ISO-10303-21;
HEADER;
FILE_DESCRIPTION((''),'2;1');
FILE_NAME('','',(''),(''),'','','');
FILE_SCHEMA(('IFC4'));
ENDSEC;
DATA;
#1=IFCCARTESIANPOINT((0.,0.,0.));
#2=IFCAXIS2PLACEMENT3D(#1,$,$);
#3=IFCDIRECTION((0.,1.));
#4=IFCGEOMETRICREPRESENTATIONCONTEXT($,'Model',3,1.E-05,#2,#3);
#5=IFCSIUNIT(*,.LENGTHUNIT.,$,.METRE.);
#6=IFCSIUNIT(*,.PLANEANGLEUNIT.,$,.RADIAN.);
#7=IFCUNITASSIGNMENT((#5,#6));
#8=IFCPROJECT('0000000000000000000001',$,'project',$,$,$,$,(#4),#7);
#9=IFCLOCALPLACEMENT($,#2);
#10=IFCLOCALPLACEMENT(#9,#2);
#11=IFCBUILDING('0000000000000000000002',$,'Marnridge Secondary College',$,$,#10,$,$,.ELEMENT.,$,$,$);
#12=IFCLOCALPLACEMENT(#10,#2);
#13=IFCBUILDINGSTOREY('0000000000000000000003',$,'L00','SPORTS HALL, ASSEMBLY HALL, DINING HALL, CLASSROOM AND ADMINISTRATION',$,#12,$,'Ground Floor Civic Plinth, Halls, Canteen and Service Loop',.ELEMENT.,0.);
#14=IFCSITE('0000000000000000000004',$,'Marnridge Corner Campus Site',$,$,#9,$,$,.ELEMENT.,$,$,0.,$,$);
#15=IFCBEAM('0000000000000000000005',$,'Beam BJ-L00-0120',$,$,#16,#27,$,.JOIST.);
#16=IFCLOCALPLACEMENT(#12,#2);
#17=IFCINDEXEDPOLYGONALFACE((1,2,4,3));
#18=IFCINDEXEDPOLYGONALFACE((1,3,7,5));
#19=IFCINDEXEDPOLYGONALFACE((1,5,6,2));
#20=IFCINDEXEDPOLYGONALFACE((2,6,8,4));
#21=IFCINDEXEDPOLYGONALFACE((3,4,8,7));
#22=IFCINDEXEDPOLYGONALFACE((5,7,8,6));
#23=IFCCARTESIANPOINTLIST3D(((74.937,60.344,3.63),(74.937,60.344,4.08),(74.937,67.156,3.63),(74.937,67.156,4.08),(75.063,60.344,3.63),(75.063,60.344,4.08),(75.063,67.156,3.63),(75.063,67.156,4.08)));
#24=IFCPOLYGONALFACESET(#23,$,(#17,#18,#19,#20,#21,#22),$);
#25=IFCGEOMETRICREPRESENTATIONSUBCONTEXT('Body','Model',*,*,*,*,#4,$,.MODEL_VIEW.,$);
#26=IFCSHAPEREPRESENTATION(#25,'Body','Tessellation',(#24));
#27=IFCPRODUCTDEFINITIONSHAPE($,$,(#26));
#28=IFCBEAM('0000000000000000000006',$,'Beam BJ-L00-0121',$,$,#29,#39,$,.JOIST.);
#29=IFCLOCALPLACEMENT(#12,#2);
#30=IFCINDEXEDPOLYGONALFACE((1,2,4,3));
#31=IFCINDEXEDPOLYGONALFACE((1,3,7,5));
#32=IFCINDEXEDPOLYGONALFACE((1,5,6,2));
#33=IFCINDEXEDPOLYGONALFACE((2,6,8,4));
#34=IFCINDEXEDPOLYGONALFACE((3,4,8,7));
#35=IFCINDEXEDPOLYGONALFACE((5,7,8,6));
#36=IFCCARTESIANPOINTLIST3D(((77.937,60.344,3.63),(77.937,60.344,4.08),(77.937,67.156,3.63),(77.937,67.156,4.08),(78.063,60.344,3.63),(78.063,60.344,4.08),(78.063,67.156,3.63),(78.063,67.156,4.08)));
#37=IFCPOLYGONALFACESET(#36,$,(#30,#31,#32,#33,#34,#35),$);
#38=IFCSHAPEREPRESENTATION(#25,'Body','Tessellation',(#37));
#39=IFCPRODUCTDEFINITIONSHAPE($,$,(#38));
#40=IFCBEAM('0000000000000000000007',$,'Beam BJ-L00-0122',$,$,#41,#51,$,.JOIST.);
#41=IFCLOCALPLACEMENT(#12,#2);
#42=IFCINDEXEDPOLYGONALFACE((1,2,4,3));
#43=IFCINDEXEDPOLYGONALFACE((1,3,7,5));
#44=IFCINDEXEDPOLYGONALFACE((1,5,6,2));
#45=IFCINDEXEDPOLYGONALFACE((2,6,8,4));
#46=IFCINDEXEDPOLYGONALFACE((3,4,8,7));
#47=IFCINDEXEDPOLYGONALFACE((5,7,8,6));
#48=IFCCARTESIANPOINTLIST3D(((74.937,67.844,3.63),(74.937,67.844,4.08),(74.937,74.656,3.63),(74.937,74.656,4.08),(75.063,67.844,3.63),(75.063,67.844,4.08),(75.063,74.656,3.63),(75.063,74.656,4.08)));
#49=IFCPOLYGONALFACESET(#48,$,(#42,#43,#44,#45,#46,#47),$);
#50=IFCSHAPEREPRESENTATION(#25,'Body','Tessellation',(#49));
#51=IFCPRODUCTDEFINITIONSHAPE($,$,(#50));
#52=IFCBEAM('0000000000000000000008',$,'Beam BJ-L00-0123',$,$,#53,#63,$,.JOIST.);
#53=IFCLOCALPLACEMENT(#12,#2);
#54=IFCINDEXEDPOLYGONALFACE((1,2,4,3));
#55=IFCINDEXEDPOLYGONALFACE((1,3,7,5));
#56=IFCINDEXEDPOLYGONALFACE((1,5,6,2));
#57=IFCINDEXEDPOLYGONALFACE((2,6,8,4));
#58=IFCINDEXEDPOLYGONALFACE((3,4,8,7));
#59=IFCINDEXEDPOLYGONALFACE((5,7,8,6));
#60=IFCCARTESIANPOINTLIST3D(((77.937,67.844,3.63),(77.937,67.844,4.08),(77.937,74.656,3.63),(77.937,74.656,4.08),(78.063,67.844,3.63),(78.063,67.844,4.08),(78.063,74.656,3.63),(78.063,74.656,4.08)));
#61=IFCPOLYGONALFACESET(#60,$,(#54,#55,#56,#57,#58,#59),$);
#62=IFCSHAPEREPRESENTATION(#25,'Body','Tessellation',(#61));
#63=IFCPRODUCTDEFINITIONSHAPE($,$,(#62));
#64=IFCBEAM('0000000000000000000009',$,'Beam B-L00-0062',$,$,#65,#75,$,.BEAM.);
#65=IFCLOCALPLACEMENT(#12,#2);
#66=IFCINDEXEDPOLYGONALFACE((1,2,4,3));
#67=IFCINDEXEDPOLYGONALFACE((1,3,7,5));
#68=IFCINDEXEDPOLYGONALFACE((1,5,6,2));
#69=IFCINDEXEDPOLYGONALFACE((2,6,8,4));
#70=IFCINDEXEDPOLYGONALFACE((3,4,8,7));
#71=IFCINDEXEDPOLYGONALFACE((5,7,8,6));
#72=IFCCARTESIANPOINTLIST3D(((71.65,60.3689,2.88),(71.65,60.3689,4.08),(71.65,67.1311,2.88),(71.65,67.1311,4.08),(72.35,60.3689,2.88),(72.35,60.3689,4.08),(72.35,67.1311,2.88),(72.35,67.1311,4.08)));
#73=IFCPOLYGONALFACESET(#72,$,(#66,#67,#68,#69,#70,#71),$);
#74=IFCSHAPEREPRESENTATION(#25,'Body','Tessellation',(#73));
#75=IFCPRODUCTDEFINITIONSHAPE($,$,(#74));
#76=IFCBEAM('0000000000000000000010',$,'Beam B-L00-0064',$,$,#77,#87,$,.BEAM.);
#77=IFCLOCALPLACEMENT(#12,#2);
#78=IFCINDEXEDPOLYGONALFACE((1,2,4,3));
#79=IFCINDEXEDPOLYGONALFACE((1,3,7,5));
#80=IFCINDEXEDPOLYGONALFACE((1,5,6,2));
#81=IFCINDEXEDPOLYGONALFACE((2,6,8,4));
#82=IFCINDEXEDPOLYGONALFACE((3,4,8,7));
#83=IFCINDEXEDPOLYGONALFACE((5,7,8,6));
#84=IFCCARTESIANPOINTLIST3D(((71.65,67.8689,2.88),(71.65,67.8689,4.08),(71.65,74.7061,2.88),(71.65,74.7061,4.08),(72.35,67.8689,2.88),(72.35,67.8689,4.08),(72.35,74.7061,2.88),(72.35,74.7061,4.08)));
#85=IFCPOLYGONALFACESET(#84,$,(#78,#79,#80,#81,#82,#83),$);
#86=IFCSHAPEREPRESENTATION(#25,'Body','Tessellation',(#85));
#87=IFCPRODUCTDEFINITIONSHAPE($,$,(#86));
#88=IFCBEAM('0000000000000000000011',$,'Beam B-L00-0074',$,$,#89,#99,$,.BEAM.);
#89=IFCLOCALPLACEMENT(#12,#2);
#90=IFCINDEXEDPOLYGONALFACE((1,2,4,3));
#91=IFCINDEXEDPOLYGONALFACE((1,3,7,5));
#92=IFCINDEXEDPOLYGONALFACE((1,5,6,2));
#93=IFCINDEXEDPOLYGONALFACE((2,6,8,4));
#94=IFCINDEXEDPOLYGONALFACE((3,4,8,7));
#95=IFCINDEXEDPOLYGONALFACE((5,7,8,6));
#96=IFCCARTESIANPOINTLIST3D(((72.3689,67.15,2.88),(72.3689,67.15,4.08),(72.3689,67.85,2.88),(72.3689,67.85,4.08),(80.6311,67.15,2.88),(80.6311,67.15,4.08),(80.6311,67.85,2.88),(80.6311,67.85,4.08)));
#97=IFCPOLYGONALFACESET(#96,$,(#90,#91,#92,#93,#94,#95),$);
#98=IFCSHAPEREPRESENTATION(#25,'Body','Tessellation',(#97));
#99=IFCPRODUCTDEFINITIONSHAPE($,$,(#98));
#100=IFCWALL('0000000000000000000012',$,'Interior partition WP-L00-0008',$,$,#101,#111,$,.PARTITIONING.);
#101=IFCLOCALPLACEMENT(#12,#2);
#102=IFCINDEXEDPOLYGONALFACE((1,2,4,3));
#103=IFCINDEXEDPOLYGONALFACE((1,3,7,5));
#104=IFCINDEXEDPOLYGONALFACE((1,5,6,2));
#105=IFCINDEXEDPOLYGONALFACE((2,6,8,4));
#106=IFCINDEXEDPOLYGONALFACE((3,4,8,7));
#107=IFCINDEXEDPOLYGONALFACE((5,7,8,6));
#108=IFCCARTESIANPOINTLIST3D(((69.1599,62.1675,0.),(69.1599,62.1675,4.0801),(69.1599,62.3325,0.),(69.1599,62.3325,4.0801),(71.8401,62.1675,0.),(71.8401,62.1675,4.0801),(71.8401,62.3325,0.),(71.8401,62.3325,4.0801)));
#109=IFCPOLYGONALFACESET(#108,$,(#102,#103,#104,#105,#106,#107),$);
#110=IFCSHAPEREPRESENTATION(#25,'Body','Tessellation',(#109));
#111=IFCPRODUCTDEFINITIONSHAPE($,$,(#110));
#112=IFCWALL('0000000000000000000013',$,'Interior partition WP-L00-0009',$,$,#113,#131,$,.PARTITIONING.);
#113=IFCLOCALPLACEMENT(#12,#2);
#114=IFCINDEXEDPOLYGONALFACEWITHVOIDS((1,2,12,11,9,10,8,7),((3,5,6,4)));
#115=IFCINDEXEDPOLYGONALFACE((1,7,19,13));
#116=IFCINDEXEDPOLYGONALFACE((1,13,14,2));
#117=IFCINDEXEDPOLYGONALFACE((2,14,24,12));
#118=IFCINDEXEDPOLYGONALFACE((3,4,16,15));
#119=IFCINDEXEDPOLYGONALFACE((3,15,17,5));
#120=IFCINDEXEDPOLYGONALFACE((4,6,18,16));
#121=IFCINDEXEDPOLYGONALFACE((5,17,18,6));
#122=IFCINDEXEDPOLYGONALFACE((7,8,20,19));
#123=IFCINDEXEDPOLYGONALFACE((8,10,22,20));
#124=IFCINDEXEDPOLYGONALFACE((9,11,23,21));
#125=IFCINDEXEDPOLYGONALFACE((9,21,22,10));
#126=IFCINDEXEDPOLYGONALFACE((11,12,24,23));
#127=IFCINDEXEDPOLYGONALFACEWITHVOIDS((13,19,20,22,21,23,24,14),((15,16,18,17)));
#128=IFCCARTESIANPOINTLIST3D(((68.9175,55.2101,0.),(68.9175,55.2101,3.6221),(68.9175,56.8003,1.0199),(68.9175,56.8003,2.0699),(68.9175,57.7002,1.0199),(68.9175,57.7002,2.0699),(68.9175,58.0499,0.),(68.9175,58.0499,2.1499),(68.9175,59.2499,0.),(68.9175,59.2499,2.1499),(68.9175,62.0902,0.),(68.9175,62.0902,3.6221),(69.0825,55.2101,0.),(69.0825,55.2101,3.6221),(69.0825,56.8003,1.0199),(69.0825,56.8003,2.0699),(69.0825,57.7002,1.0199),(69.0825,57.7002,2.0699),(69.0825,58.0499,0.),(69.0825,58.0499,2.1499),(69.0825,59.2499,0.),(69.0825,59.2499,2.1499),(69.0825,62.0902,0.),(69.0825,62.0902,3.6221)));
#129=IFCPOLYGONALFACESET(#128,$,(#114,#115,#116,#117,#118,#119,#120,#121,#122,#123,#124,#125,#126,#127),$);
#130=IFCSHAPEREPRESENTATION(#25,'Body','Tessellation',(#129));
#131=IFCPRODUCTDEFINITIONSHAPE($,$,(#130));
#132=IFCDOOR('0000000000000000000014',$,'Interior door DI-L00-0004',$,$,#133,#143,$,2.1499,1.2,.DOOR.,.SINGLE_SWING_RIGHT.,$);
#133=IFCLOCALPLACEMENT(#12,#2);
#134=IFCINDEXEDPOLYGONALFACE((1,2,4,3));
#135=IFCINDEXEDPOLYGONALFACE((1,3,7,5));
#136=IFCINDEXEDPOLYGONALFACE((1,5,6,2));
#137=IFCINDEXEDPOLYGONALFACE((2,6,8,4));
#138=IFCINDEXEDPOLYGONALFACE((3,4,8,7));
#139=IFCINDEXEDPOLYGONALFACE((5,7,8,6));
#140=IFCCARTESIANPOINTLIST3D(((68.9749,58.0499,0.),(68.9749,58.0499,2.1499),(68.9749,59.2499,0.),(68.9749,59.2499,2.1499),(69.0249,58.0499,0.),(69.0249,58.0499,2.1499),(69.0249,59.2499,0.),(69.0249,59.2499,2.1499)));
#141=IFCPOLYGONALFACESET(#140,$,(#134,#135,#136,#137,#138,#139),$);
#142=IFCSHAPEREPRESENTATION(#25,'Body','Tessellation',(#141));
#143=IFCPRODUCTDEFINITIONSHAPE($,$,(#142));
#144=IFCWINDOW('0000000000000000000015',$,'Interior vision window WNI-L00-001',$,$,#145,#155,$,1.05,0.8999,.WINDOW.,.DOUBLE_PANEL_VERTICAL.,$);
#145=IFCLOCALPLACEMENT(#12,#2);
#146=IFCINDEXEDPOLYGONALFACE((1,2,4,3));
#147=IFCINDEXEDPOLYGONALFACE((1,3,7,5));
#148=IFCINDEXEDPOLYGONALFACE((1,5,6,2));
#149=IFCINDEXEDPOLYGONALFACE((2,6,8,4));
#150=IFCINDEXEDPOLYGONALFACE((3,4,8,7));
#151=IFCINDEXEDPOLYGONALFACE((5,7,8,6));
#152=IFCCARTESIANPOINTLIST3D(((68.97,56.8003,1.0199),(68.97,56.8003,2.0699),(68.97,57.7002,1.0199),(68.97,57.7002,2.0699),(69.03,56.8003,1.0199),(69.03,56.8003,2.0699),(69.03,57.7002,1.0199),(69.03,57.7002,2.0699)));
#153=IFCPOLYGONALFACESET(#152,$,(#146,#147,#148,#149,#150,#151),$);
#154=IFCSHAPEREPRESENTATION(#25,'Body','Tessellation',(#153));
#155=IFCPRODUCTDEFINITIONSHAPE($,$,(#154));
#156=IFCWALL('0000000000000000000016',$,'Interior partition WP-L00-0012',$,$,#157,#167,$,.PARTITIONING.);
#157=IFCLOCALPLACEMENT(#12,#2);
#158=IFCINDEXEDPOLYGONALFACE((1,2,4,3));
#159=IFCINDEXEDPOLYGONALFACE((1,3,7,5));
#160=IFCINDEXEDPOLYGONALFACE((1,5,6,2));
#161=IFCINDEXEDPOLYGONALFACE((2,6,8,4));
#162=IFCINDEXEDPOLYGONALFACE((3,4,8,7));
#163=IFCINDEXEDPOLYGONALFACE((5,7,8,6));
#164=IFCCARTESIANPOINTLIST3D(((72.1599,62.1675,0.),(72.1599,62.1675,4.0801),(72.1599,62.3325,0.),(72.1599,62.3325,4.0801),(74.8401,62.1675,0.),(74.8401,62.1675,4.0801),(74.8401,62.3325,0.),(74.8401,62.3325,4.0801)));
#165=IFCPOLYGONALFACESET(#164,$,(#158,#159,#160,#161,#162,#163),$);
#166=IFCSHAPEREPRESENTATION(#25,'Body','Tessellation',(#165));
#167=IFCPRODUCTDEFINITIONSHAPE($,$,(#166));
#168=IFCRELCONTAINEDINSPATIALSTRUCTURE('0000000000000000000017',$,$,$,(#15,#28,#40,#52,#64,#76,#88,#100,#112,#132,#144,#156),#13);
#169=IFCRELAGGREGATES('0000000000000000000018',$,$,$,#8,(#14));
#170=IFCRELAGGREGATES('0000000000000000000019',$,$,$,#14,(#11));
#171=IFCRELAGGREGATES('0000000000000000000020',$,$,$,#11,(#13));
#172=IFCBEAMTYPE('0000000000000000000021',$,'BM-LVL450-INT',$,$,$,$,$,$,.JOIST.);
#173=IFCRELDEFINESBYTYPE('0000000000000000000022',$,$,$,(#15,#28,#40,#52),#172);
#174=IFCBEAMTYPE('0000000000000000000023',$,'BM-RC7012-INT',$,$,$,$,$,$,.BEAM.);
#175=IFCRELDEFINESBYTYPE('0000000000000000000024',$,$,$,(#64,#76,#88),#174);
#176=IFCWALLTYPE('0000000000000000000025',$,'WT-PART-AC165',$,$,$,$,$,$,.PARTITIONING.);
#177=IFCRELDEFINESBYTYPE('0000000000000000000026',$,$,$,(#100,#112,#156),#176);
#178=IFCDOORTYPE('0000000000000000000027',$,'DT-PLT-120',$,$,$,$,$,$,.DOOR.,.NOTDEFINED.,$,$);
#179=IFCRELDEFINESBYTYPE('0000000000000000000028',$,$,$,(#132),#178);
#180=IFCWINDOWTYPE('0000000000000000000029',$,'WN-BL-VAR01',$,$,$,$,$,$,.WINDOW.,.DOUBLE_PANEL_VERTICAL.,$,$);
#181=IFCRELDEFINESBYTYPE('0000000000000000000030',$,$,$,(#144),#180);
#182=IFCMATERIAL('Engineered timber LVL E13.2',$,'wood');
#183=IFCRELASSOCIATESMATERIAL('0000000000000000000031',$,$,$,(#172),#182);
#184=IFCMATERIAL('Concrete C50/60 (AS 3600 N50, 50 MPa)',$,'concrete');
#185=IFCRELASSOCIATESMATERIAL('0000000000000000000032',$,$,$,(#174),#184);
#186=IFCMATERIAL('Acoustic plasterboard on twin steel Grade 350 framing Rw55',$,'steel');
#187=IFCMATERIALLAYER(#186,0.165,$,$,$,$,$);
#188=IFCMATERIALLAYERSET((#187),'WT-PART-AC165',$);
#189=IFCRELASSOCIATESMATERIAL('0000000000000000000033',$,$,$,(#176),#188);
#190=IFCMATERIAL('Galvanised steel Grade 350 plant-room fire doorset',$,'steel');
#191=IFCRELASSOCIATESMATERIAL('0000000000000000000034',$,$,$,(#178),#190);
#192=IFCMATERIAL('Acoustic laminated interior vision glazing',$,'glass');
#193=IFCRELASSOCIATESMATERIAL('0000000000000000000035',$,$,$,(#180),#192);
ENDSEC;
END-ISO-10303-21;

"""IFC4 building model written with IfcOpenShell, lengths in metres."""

from ifc_helpers import new_model, si_unit, direction, frame, frame_2d, origin, origin_2d, place, context, subcontext, project, spatial, rectangle, extrude, material, layer, layer_set, material_profile, profile_set, type_object, element, fill, save


model = new_model("IFC4")

# Units and contexts
model_context = context("Model", 3, precision=1e-05, world=origin(), true_north=direction((0.0, 1.0)))
body_context = subcontext(model_context, "Body", "Model", "MODEL_VIEW")
ifc_project = project(units=[si_unit("LENGTHUNIT", "METRE"), si_unit("PLANEANGLEUNIT", "RADIAN")], contexts=[model_context])

# Site, building, storey
site_placement = place(None, origin())
site = spatial("IfcSite", under=ifc_project, at=site_placement, Name="Marnridge Corner Campus Site", CompositionType="ELEMENT", RefElevation=0.0)
building_placement = place(site_placement, origin())
building = spatial("IfcBuilding", under=site, at=building_placement, Name="Marnridge Secondary College", CompositionType="ELEMENT")
storey_placement = place(building_placement, origin())
storey = spatial("IfcBuildingStorey", under=building, at=storey_placement, Name="L00", Description="SPORTS HALL, ASSEMBLY HALL, DINING HALL, CLASSROOM AND ADMINISTRATION", LongName="Ground Floor Civic Plinth, Halls, Canteen and Service Loop", CompositionType="ELEMENT", Elevation=0.0)

# Beams
ifc_material_1 = material(Name="Engineered timber LVL E13.2", Category="wood")
ifc_material_profile_1 = material_profile(ifc_material_1, rectangle(XDim=0.126, YDim=0.45, at=origin_2d()), Name="LVL 126x450")
ifc_profile_set_1 = profile_set([ifc_material_profile_1], Name="Engineered timber LVL E13.2")
beam_type_1 = type_object("IfcBeamType", Name="BM-LVL450-INT", PredefinedType="JOIST", material=ifc_profile_set_1)
for number, where, z_axis, x_axis, name in (
    (1, (75.0, 60.344, 3.855), (0.0, 1.0, 0.0), (-1.0, 0.0, 0.0), "Beam BJ-L00-0120"),
    (2, (78.0, 60.344, 3.855), (0.0, 1.0, 0.0), (-1.0, 0.0, 0.0), "Beam BJ-L00-0121"),
    (3, (75.0, 67.844, 3.855), (0.0, 1.0, 0.0), (-1.0, 0.0, 0.0), "Beam BJ-L00-0122"),
    (4, (78.0, 67.844, 3.855), (0.0, 1.0, 0.0), (-1.0, 0.0, 0.0), "Beam BJ-L00-0123"),
):
    element("IfcBeam", number, at=place(storey_placement, frame(where, z_axis=z_axis, x_axis=x_axis)), inside=storey, type_object=beam_type_1, Name=name, PredefinedType="JOIST", context=body_context, shape_type="SweptSolid", body=[
        extrude(rectangle(XDim=0.126, YDim=0.45, at=origin_2d()), origin(), (0.0, 0.0, 1.0), 6.812),
    ])
ifc_material_2 = material(Name="Concrete C50/60 (AS 3600 N50, 50 MPa)", Category="concrete")
ifc_material_profile_2 = material_profile(ifc_material_2, rectangle(XDim=0.7, YDim=1.2, at=origin_2d()), Name="RC 700x1200")
ifc_profile_set_2 = profile_set([ifc_material_profile_2], Name="Concrete C50/60 (AS 3600 N50, 50 MPa)")
beam_type_2 = type_object("IfcBeamType", Name="BM-RC7012-INT", PredefinedType="BEAM", material=ifc_profile_set_2)
beam_1_placement = place(storey_placement, frame((72.0, 60.3689, 3.48), z_axis=(0.0, 1.0, 0.0), x_axis=(-1.0, 0.0, 0.0)))
element("IfcBeam", 5, at=beam_1_placement, inside=storey, type_object=beam_type_2, Name="Beam B-L00-0062", PredefinedType="BEAM", context=body_context, shape_type="SweptSolid", body=[
    extrude(rectangle(XDim=0.7, YDim=1.2, at=origin_2d()), origin(), (0.0, 0.0, 1.0), 6.7622),
])
beam_2_placement = place(storey_placement, frame((72.0, 67.8689, 3.48), z_axis=(0.0, 1.0, 0.0), x_axis=(-1.0, 0.0, 0.0)))
element("IfcBeam", 6, at=beam_2_placement, inside=storey, type_object=beam_type_2, Name="Beam B-L00-0064", PredefinedType="BEAM", context=body_context, shape_type="SweptSolid", body=[
    extrude(rectangle(XDim=0.7, YDim=1.2, at=origin_2d()), origin(), (0.0, 0.0, 1.0), 6.8372),
])
beam_3_placement = place(storey_placement, frame((72.3689, 67.5, 3.48), z_axis=(1.0, 0.0, 0.0), x_axis=(0.0, 1.0, 0.0)))
element("IfcBeam", 7, at=beam_3_placement, inside=storey, type_object=beam_type_2, Name="Beam B-L00-0074", PredefinedType="BEAM", context=body_context, shape_type="SweptSolid", body=[
    extrude(rectangle(XDim=0.7, YDim=1.2, at=origin_2d()), origin(), (0.0, 0.0, 1.0), 8.2622),
])

# Wall
ifc_material_3 = material(Name="Acoustic plasterboard on twin steel Grade 350 framing Rw55", Category="steel")
ifc_layer_1 = layer(ifc_material_3, 0.165)
ifc_layer_set_1 = layer_set([ifc_layer_1], Name="WT-PART-AC165")
wall_type_1 = type_object("IfcWallType", Name="WT-PART-AC165", PredefinedType="PARTITIONING", material=ifc_layer_set_1)
wall_1_placement = place(storey_placement, frame((71.8401, 62.25, 0.0), z_axis=(0.0, 0.0, 1.0), x_axis=(-1.0, 0.0, 0.0)))
element("IfcWall", 8, at=wall_1_placement, inside=storey, type_object=wall_type_1, Name="Interior partition WP-L00-0008", PredefinedType="PARTITIONING", context=body_context, shape_type="SweptSolid", body=[
    extrude(rectangle(XDim=2.6802, YDim=0.165, at=frame_2d((1.3401, 0.0))), origin(), (0.0, 0.0, 1.0), 4.0801),
])

# Wall, openings, door, window
wall_2_placement = place(storey_placement, frame((69.0, 62.0901, 0.0), z_axis=(0.0, 0.0, 1.0), x_axis=(0.0, -1.0, 0.0)))
wall_2 = element("IfcWall", 9, at=wall_2_placement, inside=storey, type_object=wall_type_1, Name="Interior partition WP-L00-0009", PredefinedType="PARTITIONING", context=body_context, shape_type="SweptSolid", body=[
    extrude(rectangle(XDim=6.8801, YDim=0.165, at=frame_2d((3.4399, 0.0))), origin(), (0.0, 0.0, 1.0), 3.6221),
])
opening_1_placement = place(wall_2_placement, frame((2.8401, 0.0, 0.0)))
opening_1 = element("IfcOpeningElement", 10, at=opening_1_placement, cuts=wall_2, PredefinedType="OPENING", context=body_context, shape_type="SweptSolid", body=[
    extrude(rectangle(XDim=1.2, YDim=2.1499, at=frame_2d((0.6001, 1.075))), frame((0.0, 0.0925, 0.0), z_axis=(0.0, -1.0, 0.0), x_axis=(1.0, 0.0, 0.0)), (0.0, 0.0, 1.0), 0.1851),
])
opening_2_placement = place(wall_2_placement, frame((4.3899, 0.0, 1.02)))
opening_2 = element("IfcOpeningElement", 11, at=opening_2_placement, cuts=wall_2, PredefinedType="OPENING", context=body_context, shape_type="SweptSolid", body=[
    extrude(rectangle(XDim=0.8999, YDim=1.05, at=frame_2d((0.45, 0.5249))), frame((0.0, 0.0925, 0.0), z_axis=(0.0, -1.0, 0.0), x_axis=(1.0, 0.0, 0.0)), (0.0, 0.0, 1.0), 0.1851),
])
ifc_material_4 = material(Name="Galvanised steel Grade 350 plant-room fire doorset", Category="steel")
door_type = type_object("IfcDoorType", Name="DT-PLT-120", OperationType="NOTDEFINED", PredefinedType="DOOR", material=ifc_material_4)
door_1_placement = place(opening_1_placement, origin())
door_1 = element("IfcDoor", 12, at=door_1_placement, inside=storey, type_object=door_type, Name="Interior door DI-L00-0004", OperationType="SINGLE_SWING_RIGHT", OverallHeight=2.1499, OverallWidth=1.2, PredefinedType="DOOR", context=body_context, shape_type="SweptSolid", body=[
    extrude(rectangle(XDim=1.2, YDim=2.1499, at=frame_2d((0.6001, 1.075))), frame((0.0, 0.0249, 0.0), z_axis=(0.0, -1.0, 0.0), x_axis=(1.0, 0.0, 0.0)), (0.0, 0.0, 1.0), 0.05),
])
fill(opening_1, door_1)
ifc_material_5 = material(Name="Acoustic laminated interior vision glazing", Category="glass")
window_type_1 = type_object("IfcWindowType", Name="WN-BL-VAR01", PartitioningType="DOUBLE_PANEL_VERTICAL", PredefinedType="WINDOW", material=ifc_material_5)
window_1_placement = place(opening_2_placement, origin())
window_1 = element("IfcWindow", 13, at=window_1_placement, inside=storey, type_object=window_type_1, Name="Interior vision window WNI-L00-001", OverallHeight=1.05, OverallWidth=0.8999, PartitioningType="DOUBLE_PANEL_VERTICAL", PredefinedType="WINDOW", context=body_context, shape_type="SweptSolid", body=[
    extrude(rectangle(XDim=0.8999, YDim=1.05, at=frame_2d((0.45, 0.5249))), frame((0.0, 0.03, 0.0), z_axis=(0.0, -1.0, 0.0), x_axis=(1.0, 0.0, 0.0)), (0.0, 0.0, 1.0), 0.0601),
])
fill(opening_2, window_1)

# Wall
wall_3_placement = place(storey_placement, frame((74.8401, 62.25, 0.0), z_axis=(0.0, 0.0, 1.0), x_axis=(-1.0, 0.0, 0.0)))
element("IfcWall", 14, at=wall_3_placement, inside=storey, type_object=wall_type_1, Name="Interior partition WP-L00-0012", PredefinedType="PARTITIONING", context=body_context, shape_type="SweptSolid", body=[
    extrude(rectangle(XDim=2.6802, YDim=0.165, at=frame_2d((1.3401, 0.0))), origin(), (0.0, 0.0, 1.0), 4.0801),
])

save(model, "model.ifc")
